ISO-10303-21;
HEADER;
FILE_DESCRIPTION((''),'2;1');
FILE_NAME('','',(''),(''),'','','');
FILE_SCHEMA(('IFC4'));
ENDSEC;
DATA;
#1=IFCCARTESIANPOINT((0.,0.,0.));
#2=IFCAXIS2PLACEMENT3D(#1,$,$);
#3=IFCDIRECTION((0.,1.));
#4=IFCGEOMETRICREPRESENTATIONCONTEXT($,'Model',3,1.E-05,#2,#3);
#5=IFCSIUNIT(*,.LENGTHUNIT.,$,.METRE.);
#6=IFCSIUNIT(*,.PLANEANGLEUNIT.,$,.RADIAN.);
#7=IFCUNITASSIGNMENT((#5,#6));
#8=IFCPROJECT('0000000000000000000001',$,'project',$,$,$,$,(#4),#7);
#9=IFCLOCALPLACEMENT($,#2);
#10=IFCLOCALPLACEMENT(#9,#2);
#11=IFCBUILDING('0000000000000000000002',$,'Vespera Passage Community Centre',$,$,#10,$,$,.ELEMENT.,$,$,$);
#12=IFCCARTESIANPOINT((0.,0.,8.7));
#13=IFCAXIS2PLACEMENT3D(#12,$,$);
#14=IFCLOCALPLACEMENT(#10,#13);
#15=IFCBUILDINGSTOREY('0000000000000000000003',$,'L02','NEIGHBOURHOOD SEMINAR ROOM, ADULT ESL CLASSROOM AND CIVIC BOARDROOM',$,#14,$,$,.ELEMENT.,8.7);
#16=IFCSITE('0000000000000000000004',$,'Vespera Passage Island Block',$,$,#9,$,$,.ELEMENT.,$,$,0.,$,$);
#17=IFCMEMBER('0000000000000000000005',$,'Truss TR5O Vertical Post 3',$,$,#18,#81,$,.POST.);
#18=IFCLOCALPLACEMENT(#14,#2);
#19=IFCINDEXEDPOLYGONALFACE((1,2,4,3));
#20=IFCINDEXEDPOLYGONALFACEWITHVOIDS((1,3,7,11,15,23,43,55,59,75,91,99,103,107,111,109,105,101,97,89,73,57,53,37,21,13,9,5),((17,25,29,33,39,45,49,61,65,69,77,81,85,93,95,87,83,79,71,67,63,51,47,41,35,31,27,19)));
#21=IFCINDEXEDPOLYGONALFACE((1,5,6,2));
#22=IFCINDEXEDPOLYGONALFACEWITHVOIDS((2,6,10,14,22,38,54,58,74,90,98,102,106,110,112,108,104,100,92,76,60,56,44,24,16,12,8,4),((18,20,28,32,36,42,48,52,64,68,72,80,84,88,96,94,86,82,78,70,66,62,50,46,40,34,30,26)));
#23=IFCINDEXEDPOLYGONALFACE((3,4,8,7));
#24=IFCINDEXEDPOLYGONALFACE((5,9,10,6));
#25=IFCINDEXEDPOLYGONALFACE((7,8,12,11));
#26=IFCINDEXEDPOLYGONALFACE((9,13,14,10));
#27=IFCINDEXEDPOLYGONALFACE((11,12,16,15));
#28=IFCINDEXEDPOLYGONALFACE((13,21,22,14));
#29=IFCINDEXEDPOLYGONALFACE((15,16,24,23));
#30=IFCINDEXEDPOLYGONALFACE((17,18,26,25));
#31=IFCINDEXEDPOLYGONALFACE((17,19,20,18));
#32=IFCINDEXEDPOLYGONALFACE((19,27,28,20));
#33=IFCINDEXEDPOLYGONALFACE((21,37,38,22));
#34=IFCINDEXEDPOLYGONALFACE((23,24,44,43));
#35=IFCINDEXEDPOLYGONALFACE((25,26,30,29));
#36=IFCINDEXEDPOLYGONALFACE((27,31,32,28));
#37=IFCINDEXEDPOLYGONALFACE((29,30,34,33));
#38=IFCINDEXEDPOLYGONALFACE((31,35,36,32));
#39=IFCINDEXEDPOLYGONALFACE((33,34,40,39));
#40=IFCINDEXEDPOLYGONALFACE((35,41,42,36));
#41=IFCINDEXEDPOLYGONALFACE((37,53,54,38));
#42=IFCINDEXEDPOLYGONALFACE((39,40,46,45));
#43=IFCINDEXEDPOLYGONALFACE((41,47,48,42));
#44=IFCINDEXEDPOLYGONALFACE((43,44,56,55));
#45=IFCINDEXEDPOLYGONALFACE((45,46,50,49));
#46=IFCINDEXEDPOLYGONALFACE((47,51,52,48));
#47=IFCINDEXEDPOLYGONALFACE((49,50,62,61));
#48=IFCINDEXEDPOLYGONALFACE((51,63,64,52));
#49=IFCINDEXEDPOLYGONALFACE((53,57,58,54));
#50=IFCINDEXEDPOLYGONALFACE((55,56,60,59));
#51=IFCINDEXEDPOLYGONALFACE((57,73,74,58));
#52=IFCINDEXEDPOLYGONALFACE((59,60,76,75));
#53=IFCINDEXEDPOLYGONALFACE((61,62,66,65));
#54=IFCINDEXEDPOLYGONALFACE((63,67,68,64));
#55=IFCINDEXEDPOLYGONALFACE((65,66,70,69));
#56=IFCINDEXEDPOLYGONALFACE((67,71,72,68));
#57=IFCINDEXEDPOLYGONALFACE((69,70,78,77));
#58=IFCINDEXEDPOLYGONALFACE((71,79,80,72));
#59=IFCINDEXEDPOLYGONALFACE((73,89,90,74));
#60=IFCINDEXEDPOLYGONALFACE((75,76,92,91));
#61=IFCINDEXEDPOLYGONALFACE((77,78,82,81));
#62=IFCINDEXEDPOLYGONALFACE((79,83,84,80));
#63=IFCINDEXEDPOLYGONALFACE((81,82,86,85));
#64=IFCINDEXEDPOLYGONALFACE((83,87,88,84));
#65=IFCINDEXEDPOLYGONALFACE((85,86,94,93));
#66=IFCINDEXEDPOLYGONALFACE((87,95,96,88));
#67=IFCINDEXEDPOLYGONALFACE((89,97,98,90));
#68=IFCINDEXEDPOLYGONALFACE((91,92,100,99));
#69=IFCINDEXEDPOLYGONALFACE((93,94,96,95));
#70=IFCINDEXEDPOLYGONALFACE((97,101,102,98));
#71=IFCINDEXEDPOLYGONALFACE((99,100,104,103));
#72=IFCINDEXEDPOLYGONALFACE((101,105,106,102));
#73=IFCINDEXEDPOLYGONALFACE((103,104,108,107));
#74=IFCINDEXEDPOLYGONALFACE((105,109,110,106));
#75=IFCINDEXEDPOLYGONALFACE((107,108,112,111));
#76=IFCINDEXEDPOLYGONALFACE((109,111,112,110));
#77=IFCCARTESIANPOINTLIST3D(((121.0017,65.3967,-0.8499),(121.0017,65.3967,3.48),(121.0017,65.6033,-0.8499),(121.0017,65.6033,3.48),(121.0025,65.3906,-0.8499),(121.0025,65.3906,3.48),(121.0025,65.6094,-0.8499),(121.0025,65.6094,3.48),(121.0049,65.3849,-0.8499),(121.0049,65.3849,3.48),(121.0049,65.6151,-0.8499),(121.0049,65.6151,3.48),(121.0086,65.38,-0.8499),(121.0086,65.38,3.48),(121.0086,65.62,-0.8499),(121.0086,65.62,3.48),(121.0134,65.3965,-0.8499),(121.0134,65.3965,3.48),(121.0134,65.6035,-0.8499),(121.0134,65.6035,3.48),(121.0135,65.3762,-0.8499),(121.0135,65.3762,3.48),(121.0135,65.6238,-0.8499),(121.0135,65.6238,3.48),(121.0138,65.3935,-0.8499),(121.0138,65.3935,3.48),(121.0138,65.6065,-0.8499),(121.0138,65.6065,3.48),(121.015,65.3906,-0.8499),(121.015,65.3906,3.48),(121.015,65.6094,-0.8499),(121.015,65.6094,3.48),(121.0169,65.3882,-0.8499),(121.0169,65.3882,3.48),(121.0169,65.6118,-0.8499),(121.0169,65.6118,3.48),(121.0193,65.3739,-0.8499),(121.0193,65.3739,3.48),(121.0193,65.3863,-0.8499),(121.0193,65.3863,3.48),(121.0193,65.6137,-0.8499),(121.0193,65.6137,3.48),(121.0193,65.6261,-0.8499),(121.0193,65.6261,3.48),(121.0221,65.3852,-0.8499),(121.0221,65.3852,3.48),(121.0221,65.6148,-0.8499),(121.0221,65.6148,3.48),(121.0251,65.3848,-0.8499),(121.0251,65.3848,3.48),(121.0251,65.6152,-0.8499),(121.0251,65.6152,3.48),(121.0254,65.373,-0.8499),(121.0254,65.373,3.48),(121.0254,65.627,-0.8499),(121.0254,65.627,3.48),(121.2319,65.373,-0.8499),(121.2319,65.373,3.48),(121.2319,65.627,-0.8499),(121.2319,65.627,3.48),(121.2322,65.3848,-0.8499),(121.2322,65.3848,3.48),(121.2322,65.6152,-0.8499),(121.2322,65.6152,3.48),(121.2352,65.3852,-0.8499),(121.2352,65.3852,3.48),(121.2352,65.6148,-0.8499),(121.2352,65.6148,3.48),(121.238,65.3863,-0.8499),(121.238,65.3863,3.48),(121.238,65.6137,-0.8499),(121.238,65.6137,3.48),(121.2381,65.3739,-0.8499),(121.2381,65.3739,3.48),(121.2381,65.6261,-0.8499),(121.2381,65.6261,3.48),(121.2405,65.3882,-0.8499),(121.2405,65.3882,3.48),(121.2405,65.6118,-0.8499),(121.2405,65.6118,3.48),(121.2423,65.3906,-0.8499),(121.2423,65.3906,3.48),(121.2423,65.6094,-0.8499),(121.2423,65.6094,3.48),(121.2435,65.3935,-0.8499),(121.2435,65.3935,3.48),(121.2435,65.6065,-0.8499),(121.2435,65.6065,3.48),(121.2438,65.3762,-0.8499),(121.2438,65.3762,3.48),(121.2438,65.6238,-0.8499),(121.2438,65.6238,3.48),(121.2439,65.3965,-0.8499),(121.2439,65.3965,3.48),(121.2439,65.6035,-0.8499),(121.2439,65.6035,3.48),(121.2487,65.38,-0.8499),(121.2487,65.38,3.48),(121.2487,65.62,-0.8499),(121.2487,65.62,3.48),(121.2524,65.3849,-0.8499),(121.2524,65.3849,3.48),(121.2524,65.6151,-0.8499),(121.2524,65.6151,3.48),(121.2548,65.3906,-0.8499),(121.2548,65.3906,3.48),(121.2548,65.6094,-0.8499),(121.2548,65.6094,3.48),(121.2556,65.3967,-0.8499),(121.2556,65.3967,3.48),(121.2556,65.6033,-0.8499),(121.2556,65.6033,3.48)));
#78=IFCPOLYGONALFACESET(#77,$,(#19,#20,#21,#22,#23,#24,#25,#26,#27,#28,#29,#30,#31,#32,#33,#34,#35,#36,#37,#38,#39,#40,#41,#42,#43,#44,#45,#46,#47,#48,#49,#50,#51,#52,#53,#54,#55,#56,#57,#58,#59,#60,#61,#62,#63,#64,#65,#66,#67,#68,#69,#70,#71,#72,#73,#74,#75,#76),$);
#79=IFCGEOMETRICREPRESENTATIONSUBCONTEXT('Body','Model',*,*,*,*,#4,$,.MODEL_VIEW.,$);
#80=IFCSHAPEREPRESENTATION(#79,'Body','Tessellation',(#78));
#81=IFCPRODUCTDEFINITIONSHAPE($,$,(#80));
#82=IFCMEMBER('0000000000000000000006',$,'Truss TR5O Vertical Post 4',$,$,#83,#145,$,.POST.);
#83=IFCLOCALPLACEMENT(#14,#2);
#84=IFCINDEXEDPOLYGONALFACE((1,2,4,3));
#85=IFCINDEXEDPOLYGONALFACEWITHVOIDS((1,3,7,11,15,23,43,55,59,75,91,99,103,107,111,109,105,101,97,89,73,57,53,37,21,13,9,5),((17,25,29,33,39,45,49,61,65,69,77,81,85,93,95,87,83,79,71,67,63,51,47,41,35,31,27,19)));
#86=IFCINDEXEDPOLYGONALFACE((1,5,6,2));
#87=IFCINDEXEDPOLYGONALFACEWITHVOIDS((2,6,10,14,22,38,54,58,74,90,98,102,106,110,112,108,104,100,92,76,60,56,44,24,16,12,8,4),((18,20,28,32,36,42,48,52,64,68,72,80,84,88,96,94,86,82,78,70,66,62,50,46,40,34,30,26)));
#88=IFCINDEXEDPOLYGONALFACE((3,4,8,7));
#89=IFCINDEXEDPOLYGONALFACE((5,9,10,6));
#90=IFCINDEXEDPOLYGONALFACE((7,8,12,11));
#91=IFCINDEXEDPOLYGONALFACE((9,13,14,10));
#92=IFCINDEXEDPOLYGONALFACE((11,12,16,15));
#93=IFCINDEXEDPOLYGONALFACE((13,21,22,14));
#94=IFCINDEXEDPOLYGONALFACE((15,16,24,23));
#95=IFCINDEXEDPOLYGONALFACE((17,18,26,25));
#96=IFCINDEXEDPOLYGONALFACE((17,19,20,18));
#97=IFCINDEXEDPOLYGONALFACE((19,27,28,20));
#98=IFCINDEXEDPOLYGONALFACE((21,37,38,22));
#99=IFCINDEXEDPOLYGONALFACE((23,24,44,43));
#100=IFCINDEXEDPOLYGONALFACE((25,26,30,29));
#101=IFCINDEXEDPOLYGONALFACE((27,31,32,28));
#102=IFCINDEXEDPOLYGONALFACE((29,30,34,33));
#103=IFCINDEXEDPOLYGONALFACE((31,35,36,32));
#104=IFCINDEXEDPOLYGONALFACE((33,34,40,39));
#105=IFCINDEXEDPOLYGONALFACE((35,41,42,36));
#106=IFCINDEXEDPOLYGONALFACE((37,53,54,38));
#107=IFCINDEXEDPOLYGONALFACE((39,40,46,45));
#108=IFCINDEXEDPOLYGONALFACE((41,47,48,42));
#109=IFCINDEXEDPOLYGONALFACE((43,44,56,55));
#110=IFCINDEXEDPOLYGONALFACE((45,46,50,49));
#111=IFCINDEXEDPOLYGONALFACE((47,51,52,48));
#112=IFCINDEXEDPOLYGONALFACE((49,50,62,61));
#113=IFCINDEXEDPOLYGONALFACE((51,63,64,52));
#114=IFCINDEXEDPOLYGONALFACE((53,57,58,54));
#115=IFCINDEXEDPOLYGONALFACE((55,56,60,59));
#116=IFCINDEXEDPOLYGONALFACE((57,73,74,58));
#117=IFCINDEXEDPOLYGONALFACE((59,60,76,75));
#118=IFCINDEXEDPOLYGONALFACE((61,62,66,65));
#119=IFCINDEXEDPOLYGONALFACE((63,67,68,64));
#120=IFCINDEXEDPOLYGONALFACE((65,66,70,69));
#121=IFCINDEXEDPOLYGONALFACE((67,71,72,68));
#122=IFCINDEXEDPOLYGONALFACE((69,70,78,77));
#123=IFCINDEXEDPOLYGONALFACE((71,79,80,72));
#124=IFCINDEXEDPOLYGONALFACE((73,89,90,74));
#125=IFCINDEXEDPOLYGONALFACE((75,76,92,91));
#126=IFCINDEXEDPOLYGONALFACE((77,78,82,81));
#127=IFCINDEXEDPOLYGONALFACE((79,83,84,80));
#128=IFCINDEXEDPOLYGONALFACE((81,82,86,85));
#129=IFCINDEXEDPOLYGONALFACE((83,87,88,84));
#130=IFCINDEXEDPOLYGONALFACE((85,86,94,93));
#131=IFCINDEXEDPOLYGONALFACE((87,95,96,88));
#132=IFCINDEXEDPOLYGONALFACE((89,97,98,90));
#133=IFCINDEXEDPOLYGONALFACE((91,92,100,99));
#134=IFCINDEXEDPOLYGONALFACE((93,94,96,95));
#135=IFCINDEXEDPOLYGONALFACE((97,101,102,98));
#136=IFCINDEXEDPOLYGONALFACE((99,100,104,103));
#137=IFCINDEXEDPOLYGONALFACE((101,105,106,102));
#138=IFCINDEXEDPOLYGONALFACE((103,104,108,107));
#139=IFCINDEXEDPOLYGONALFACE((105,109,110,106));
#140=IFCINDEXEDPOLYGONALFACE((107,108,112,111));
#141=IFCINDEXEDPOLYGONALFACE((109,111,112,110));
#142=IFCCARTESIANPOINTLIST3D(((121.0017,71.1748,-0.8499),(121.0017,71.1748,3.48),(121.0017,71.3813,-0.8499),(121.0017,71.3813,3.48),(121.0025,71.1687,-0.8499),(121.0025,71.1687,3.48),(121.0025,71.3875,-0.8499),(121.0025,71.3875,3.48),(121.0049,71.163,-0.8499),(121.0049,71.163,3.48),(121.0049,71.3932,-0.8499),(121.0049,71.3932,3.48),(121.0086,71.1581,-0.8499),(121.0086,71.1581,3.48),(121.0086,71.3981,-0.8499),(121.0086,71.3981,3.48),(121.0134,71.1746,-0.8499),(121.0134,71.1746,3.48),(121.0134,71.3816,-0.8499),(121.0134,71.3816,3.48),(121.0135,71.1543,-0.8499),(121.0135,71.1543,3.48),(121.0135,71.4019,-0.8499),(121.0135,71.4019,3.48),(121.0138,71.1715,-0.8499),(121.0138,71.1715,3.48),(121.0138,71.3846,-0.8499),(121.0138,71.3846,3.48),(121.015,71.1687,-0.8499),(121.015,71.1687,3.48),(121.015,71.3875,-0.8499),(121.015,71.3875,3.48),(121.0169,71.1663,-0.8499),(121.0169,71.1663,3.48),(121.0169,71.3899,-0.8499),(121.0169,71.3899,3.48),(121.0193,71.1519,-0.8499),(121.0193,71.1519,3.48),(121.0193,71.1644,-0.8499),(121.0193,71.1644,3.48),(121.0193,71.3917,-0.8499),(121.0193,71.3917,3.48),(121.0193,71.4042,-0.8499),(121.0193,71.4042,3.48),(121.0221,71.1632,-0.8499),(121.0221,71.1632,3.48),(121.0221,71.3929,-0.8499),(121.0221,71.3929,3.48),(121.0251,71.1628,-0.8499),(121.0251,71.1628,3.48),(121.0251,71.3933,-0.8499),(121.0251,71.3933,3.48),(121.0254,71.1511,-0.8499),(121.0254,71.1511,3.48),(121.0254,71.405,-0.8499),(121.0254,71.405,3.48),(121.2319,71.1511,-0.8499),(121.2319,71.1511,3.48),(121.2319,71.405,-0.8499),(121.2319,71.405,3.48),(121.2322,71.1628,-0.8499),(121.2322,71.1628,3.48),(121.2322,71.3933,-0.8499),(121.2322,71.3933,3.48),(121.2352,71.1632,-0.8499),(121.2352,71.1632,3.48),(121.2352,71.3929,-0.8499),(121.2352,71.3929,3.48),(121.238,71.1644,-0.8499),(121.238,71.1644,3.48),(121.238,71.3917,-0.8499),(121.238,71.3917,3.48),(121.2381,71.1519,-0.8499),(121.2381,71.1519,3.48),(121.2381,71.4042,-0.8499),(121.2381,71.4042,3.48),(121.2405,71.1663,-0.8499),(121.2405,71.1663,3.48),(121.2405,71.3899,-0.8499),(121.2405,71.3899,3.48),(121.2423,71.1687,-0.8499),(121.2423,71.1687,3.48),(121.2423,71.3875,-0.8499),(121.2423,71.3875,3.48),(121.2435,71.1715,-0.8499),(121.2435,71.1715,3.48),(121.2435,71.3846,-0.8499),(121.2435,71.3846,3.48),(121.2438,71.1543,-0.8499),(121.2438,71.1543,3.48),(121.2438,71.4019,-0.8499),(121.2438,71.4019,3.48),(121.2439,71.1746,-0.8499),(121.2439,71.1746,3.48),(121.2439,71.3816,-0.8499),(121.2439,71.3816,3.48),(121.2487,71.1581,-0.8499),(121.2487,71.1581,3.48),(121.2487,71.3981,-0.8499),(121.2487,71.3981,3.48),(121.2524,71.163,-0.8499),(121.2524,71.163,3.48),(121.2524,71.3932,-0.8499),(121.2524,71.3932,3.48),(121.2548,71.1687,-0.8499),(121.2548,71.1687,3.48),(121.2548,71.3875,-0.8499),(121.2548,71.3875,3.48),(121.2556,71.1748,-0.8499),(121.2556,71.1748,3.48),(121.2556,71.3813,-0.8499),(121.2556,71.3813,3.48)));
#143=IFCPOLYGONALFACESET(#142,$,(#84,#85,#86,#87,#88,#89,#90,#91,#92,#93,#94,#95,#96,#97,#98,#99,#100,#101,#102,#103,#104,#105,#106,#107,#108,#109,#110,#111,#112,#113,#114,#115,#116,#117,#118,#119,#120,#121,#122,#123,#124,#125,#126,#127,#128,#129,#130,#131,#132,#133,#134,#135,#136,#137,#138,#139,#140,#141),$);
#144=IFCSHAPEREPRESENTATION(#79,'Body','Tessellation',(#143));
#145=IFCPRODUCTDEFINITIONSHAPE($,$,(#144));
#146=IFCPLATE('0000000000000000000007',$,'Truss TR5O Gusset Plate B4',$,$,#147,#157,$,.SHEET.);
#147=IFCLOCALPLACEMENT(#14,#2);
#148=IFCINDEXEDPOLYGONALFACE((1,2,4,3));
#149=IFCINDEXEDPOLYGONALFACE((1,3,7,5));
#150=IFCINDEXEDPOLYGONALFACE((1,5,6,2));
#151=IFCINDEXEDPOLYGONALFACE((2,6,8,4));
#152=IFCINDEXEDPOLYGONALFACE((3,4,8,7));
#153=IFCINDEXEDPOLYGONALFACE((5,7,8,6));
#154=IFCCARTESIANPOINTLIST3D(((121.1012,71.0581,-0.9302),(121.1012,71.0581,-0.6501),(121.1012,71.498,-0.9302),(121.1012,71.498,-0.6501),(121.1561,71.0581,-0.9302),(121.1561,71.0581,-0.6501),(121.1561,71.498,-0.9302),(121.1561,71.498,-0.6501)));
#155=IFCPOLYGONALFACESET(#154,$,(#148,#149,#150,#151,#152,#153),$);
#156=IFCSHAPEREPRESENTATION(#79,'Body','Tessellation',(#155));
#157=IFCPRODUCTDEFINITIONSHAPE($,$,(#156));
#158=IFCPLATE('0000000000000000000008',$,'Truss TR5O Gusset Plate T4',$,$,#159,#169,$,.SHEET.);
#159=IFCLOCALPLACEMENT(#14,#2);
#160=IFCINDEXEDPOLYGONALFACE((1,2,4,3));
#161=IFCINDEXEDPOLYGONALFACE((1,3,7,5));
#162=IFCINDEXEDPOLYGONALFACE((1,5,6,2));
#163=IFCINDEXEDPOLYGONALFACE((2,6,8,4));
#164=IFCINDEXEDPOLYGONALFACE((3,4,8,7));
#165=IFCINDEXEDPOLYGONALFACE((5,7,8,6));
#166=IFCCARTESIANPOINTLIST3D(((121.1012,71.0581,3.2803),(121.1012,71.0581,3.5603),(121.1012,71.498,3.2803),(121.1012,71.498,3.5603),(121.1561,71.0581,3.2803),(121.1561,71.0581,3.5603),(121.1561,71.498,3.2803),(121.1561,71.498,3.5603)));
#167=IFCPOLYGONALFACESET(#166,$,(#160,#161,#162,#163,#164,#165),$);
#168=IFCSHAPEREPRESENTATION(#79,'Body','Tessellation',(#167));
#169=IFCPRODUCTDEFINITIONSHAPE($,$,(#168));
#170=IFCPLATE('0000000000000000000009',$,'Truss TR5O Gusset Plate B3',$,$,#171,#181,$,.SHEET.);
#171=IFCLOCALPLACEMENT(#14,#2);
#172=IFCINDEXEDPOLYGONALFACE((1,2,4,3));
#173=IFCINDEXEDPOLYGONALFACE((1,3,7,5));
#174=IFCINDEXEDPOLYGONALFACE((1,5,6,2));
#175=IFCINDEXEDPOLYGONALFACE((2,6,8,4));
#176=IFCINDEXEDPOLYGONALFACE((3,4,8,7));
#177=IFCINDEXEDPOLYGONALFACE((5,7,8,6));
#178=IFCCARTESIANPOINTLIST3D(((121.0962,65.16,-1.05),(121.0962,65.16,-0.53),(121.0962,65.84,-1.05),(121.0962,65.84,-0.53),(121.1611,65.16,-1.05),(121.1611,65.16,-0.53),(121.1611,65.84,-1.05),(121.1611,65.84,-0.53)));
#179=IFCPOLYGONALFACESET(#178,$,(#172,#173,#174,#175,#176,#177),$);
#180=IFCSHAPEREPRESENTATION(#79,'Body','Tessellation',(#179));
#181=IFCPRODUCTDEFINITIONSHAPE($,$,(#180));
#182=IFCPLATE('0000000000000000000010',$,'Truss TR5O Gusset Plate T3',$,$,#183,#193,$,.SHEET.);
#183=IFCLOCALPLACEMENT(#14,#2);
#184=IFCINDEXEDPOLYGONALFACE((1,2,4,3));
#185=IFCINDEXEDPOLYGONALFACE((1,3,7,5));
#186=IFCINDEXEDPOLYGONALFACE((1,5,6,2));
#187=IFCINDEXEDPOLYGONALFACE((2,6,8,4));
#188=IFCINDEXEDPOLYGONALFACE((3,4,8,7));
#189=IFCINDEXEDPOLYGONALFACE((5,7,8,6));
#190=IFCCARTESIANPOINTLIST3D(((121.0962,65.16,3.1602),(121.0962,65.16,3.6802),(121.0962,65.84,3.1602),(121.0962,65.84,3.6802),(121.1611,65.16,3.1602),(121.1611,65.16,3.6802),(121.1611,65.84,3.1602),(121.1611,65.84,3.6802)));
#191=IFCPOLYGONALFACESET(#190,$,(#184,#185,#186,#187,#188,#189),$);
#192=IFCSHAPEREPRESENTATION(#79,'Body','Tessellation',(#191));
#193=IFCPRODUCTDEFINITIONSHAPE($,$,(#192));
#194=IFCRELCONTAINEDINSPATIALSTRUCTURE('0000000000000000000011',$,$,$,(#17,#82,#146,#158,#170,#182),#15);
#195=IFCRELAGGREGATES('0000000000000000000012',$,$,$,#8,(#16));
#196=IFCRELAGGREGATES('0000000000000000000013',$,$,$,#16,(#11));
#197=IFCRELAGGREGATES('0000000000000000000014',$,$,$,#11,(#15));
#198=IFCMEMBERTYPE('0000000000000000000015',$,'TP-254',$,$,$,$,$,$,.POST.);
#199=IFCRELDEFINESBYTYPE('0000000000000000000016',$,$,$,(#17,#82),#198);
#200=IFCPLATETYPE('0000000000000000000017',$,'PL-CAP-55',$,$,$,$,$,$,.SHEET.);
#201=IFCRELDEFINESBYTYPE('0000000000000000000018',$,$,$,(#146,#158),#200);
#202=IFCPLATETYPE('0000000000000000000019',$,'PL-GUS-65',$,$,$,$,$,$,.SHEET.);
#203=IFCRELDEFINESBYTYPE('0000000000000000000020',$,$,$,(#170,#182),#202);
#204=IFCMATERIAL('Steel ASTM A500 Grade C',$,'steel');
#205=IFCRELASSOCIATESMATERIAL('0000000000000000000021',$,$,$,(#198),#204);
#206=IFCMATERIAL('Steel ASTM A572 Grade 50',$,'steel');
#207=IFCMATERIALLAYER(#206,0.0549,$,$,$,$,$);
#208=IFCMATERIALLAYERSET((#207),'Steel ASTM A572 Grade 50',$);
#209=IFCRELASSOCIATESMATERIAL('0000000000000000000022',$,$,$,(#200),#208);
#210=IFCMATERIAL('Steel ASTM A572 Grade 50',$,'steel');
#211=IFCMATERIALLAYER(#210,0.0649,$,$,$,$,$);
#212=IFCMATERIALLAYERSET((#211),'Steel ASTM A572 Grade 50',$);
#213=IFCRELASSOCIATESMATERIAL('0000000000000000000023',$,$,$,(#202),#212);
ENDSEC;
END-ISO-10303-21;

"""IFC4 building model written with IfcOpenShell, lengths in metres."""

from ifc_helpers import new_model, si_unit, direction, frame, origin, origin_2d, place, context, subcontext, project, spatial, rectangle, hollow_rectangle, extrude, material, layer, layer_set, material_profile, profile_set, type_object, element, save


model = new_model("IFC4")

# Units and contexts
model_context = context("Model", 3, precision=1e-05, world=origin(), true_north=direction((0.0, 1.0)))
body_context = subcontext(model_context, "Body", "Model", "MODEL_VIEW")
ifc_project = project(units=[si_unit("LENGTHUNIT", "METRE"), si_unit("PLANEANGLEUNIT", "RADIAN")], contexts=[model_context])

# Site, building, storey
site_placement = place(None, origin())
site = spatial("IfcSite", under=ifc_project, at=site_placement, Name="Vespera Passage Island Block", CompositionType="ELEMENT", RefElevation=0.0)
building_placement = place(site_placement, origin())
building = spatial("IfcBuilding", under=site, at=building_placement, Name="Vespera Passage Community Centre", CompositionType="ELEMENT")
storey_placement = place(building_placement, frame((0.0, 0.0, 8.7)))
storey = spatial("IfcBuildingStorey", under=building, at=storey_placement, Name="L02", Description="NEIGHBOURHOOD SEMINAR ROOM, ADULT ESL CLASSROOM AND CIVIC BOARDROOM", CompositionType="ELEMENT", Elevation=8.7)

# Members
ifc_material_1 = material(Name="Steel ASTM A500 Grade C", Category="steel")
ifc_material_profile_1 = material_profile(ifc_material_1, hollow_rectangle(XDim=0.2539, YDim=0.2539, WallThickness=0.0117, InnerFilletRadius=0.0117, OuterFilletRadius=0.0237, at=origin_2d()), Name="HSS254X254X12.7")
ifc_profile_set_1 = profile_set([ifc_material_profile_1], Name="Steel ASTM A500 Grade C")
member_type_1 = type_object("IfcMemberType", Name="TP-254", PredefinedType="POST", material=ifc_profile_set_1)
for number, where, z_axis, x_axis, name in (
    (1, (121.1287, 65.5, -0.8499), (0.0, 0.0, 1.0), (1.0, 0.0, 0.0), "Truss TR5O Vertical Post 3"),
    (2, (121.1287, 71.2781, -0.8499), (0.0, 0.0, 1.0), (1.0, 0.0, 0.0), "Truss TR5O Vertical Post 4"),
):
    element("IfcMember", number, at=place(storey_placement, frame(where, z_axis=z_axis, x_axis=x_axis)), inside=storey, type_object=member_type_1, Name=name, PredefinedType="POST", context=body_context, shape_type="SweptSolid", body=[
        extrude(hollow_rectangle(XDim=0.2539, YDim=0.2539, WallThickness=0.0117, InnerFilletRadius=0.0117, OuterFilletRadius=0.0237, at=origin_2d()), origin(), (0.0, 0.0, 1.0), 4.3298),
    ])

# Plates
ifc_material_2 = material(Name="Steel ASTM A572 Grade 50", Category="steel")
ifc_layer_1 = layer(ifc_material_2, 0.0549)
ifc_layer_set_1 = layer_set([ifc_layer_1], Name="Steel ASTM A572 Grade 50")
plate_type_1 = type_object("IfcPlateType", Name="PL-CAP-55", PredefinedType="SHEET", material=ifc_layer_set_1)
for number, where, z_axis, x_axis, name in (
    (3, (121.1287, 71.2781, -0.9302), (0.0, 0.0, 1.0), (0.0, 1.0, 0.0), "Truss TR5O Gusset Plate B4"),
    (4, (121.1287, 71.2781, 3.2803), (0.0, 0.0, 1.0), (0.0, 1.0, 0.0), "Truss TR5O Gusset Plate T4"),
):
    element("IfcPlate", number, at=place(storey_placement, frame(where, z_axis=z_axis, x_axis=x_axis)), inside=storey, type_object=plate_type_1, Name=name, PredefinedType="SHEET", context=body_context, shape_type="SweptSolid", body=[
        extrude(rectangle(XDim=0.4399, YDim=0.0549, at=origin_2d()), origin(), (0.0, 0.0, 1.0), 0.28),
    ])
ifc_material_3 = material(Name="Steel ASTM A572 Grade 50", Category="steel")
ifc_layer_2 = layer(ifc_material_3, 0.0649)
ifc_layer_set_2 = layer_set([ifc_layer_2], Name="Steel ASTM A572 Grade 50")
plate_type_2 = type_object("IfcPlateType", Name="PL-GUS-65", PredefinedType="SHEET", material=ifc_layer_set_2)
for number, where, z_axis, x_axis, name in (
    (5, (121.1287, 65.5, -1.05), (0.0, 0.0, 1.0), (0.0, 1.0, 0.0), "Truss TR5O Gusset Plate B3"),
    (6, (121.1287, 65.5, 3.1602), (0.0, 0.0, 1.0), (0.0, 1.0, 0.0), "Truss TR5O Gusset Plate T3"),
):
    element("IfcPlate", number, at=place(storey_placement, frame(where, z_axis=z_axis, x_axis=x_axis)), inside=storey, type_object=plate_type_2, Name=name, PredefinedType="SHEET", context=body_context, shape_type="SweptSolid", body=[
        extrude(rectangle(XDim=0.6799, YDim=0.0649, at=origin_2d()), origin(), (0.0, 0.0, 1.0), 0.52),
    ])

save(model, "model.ifc")
